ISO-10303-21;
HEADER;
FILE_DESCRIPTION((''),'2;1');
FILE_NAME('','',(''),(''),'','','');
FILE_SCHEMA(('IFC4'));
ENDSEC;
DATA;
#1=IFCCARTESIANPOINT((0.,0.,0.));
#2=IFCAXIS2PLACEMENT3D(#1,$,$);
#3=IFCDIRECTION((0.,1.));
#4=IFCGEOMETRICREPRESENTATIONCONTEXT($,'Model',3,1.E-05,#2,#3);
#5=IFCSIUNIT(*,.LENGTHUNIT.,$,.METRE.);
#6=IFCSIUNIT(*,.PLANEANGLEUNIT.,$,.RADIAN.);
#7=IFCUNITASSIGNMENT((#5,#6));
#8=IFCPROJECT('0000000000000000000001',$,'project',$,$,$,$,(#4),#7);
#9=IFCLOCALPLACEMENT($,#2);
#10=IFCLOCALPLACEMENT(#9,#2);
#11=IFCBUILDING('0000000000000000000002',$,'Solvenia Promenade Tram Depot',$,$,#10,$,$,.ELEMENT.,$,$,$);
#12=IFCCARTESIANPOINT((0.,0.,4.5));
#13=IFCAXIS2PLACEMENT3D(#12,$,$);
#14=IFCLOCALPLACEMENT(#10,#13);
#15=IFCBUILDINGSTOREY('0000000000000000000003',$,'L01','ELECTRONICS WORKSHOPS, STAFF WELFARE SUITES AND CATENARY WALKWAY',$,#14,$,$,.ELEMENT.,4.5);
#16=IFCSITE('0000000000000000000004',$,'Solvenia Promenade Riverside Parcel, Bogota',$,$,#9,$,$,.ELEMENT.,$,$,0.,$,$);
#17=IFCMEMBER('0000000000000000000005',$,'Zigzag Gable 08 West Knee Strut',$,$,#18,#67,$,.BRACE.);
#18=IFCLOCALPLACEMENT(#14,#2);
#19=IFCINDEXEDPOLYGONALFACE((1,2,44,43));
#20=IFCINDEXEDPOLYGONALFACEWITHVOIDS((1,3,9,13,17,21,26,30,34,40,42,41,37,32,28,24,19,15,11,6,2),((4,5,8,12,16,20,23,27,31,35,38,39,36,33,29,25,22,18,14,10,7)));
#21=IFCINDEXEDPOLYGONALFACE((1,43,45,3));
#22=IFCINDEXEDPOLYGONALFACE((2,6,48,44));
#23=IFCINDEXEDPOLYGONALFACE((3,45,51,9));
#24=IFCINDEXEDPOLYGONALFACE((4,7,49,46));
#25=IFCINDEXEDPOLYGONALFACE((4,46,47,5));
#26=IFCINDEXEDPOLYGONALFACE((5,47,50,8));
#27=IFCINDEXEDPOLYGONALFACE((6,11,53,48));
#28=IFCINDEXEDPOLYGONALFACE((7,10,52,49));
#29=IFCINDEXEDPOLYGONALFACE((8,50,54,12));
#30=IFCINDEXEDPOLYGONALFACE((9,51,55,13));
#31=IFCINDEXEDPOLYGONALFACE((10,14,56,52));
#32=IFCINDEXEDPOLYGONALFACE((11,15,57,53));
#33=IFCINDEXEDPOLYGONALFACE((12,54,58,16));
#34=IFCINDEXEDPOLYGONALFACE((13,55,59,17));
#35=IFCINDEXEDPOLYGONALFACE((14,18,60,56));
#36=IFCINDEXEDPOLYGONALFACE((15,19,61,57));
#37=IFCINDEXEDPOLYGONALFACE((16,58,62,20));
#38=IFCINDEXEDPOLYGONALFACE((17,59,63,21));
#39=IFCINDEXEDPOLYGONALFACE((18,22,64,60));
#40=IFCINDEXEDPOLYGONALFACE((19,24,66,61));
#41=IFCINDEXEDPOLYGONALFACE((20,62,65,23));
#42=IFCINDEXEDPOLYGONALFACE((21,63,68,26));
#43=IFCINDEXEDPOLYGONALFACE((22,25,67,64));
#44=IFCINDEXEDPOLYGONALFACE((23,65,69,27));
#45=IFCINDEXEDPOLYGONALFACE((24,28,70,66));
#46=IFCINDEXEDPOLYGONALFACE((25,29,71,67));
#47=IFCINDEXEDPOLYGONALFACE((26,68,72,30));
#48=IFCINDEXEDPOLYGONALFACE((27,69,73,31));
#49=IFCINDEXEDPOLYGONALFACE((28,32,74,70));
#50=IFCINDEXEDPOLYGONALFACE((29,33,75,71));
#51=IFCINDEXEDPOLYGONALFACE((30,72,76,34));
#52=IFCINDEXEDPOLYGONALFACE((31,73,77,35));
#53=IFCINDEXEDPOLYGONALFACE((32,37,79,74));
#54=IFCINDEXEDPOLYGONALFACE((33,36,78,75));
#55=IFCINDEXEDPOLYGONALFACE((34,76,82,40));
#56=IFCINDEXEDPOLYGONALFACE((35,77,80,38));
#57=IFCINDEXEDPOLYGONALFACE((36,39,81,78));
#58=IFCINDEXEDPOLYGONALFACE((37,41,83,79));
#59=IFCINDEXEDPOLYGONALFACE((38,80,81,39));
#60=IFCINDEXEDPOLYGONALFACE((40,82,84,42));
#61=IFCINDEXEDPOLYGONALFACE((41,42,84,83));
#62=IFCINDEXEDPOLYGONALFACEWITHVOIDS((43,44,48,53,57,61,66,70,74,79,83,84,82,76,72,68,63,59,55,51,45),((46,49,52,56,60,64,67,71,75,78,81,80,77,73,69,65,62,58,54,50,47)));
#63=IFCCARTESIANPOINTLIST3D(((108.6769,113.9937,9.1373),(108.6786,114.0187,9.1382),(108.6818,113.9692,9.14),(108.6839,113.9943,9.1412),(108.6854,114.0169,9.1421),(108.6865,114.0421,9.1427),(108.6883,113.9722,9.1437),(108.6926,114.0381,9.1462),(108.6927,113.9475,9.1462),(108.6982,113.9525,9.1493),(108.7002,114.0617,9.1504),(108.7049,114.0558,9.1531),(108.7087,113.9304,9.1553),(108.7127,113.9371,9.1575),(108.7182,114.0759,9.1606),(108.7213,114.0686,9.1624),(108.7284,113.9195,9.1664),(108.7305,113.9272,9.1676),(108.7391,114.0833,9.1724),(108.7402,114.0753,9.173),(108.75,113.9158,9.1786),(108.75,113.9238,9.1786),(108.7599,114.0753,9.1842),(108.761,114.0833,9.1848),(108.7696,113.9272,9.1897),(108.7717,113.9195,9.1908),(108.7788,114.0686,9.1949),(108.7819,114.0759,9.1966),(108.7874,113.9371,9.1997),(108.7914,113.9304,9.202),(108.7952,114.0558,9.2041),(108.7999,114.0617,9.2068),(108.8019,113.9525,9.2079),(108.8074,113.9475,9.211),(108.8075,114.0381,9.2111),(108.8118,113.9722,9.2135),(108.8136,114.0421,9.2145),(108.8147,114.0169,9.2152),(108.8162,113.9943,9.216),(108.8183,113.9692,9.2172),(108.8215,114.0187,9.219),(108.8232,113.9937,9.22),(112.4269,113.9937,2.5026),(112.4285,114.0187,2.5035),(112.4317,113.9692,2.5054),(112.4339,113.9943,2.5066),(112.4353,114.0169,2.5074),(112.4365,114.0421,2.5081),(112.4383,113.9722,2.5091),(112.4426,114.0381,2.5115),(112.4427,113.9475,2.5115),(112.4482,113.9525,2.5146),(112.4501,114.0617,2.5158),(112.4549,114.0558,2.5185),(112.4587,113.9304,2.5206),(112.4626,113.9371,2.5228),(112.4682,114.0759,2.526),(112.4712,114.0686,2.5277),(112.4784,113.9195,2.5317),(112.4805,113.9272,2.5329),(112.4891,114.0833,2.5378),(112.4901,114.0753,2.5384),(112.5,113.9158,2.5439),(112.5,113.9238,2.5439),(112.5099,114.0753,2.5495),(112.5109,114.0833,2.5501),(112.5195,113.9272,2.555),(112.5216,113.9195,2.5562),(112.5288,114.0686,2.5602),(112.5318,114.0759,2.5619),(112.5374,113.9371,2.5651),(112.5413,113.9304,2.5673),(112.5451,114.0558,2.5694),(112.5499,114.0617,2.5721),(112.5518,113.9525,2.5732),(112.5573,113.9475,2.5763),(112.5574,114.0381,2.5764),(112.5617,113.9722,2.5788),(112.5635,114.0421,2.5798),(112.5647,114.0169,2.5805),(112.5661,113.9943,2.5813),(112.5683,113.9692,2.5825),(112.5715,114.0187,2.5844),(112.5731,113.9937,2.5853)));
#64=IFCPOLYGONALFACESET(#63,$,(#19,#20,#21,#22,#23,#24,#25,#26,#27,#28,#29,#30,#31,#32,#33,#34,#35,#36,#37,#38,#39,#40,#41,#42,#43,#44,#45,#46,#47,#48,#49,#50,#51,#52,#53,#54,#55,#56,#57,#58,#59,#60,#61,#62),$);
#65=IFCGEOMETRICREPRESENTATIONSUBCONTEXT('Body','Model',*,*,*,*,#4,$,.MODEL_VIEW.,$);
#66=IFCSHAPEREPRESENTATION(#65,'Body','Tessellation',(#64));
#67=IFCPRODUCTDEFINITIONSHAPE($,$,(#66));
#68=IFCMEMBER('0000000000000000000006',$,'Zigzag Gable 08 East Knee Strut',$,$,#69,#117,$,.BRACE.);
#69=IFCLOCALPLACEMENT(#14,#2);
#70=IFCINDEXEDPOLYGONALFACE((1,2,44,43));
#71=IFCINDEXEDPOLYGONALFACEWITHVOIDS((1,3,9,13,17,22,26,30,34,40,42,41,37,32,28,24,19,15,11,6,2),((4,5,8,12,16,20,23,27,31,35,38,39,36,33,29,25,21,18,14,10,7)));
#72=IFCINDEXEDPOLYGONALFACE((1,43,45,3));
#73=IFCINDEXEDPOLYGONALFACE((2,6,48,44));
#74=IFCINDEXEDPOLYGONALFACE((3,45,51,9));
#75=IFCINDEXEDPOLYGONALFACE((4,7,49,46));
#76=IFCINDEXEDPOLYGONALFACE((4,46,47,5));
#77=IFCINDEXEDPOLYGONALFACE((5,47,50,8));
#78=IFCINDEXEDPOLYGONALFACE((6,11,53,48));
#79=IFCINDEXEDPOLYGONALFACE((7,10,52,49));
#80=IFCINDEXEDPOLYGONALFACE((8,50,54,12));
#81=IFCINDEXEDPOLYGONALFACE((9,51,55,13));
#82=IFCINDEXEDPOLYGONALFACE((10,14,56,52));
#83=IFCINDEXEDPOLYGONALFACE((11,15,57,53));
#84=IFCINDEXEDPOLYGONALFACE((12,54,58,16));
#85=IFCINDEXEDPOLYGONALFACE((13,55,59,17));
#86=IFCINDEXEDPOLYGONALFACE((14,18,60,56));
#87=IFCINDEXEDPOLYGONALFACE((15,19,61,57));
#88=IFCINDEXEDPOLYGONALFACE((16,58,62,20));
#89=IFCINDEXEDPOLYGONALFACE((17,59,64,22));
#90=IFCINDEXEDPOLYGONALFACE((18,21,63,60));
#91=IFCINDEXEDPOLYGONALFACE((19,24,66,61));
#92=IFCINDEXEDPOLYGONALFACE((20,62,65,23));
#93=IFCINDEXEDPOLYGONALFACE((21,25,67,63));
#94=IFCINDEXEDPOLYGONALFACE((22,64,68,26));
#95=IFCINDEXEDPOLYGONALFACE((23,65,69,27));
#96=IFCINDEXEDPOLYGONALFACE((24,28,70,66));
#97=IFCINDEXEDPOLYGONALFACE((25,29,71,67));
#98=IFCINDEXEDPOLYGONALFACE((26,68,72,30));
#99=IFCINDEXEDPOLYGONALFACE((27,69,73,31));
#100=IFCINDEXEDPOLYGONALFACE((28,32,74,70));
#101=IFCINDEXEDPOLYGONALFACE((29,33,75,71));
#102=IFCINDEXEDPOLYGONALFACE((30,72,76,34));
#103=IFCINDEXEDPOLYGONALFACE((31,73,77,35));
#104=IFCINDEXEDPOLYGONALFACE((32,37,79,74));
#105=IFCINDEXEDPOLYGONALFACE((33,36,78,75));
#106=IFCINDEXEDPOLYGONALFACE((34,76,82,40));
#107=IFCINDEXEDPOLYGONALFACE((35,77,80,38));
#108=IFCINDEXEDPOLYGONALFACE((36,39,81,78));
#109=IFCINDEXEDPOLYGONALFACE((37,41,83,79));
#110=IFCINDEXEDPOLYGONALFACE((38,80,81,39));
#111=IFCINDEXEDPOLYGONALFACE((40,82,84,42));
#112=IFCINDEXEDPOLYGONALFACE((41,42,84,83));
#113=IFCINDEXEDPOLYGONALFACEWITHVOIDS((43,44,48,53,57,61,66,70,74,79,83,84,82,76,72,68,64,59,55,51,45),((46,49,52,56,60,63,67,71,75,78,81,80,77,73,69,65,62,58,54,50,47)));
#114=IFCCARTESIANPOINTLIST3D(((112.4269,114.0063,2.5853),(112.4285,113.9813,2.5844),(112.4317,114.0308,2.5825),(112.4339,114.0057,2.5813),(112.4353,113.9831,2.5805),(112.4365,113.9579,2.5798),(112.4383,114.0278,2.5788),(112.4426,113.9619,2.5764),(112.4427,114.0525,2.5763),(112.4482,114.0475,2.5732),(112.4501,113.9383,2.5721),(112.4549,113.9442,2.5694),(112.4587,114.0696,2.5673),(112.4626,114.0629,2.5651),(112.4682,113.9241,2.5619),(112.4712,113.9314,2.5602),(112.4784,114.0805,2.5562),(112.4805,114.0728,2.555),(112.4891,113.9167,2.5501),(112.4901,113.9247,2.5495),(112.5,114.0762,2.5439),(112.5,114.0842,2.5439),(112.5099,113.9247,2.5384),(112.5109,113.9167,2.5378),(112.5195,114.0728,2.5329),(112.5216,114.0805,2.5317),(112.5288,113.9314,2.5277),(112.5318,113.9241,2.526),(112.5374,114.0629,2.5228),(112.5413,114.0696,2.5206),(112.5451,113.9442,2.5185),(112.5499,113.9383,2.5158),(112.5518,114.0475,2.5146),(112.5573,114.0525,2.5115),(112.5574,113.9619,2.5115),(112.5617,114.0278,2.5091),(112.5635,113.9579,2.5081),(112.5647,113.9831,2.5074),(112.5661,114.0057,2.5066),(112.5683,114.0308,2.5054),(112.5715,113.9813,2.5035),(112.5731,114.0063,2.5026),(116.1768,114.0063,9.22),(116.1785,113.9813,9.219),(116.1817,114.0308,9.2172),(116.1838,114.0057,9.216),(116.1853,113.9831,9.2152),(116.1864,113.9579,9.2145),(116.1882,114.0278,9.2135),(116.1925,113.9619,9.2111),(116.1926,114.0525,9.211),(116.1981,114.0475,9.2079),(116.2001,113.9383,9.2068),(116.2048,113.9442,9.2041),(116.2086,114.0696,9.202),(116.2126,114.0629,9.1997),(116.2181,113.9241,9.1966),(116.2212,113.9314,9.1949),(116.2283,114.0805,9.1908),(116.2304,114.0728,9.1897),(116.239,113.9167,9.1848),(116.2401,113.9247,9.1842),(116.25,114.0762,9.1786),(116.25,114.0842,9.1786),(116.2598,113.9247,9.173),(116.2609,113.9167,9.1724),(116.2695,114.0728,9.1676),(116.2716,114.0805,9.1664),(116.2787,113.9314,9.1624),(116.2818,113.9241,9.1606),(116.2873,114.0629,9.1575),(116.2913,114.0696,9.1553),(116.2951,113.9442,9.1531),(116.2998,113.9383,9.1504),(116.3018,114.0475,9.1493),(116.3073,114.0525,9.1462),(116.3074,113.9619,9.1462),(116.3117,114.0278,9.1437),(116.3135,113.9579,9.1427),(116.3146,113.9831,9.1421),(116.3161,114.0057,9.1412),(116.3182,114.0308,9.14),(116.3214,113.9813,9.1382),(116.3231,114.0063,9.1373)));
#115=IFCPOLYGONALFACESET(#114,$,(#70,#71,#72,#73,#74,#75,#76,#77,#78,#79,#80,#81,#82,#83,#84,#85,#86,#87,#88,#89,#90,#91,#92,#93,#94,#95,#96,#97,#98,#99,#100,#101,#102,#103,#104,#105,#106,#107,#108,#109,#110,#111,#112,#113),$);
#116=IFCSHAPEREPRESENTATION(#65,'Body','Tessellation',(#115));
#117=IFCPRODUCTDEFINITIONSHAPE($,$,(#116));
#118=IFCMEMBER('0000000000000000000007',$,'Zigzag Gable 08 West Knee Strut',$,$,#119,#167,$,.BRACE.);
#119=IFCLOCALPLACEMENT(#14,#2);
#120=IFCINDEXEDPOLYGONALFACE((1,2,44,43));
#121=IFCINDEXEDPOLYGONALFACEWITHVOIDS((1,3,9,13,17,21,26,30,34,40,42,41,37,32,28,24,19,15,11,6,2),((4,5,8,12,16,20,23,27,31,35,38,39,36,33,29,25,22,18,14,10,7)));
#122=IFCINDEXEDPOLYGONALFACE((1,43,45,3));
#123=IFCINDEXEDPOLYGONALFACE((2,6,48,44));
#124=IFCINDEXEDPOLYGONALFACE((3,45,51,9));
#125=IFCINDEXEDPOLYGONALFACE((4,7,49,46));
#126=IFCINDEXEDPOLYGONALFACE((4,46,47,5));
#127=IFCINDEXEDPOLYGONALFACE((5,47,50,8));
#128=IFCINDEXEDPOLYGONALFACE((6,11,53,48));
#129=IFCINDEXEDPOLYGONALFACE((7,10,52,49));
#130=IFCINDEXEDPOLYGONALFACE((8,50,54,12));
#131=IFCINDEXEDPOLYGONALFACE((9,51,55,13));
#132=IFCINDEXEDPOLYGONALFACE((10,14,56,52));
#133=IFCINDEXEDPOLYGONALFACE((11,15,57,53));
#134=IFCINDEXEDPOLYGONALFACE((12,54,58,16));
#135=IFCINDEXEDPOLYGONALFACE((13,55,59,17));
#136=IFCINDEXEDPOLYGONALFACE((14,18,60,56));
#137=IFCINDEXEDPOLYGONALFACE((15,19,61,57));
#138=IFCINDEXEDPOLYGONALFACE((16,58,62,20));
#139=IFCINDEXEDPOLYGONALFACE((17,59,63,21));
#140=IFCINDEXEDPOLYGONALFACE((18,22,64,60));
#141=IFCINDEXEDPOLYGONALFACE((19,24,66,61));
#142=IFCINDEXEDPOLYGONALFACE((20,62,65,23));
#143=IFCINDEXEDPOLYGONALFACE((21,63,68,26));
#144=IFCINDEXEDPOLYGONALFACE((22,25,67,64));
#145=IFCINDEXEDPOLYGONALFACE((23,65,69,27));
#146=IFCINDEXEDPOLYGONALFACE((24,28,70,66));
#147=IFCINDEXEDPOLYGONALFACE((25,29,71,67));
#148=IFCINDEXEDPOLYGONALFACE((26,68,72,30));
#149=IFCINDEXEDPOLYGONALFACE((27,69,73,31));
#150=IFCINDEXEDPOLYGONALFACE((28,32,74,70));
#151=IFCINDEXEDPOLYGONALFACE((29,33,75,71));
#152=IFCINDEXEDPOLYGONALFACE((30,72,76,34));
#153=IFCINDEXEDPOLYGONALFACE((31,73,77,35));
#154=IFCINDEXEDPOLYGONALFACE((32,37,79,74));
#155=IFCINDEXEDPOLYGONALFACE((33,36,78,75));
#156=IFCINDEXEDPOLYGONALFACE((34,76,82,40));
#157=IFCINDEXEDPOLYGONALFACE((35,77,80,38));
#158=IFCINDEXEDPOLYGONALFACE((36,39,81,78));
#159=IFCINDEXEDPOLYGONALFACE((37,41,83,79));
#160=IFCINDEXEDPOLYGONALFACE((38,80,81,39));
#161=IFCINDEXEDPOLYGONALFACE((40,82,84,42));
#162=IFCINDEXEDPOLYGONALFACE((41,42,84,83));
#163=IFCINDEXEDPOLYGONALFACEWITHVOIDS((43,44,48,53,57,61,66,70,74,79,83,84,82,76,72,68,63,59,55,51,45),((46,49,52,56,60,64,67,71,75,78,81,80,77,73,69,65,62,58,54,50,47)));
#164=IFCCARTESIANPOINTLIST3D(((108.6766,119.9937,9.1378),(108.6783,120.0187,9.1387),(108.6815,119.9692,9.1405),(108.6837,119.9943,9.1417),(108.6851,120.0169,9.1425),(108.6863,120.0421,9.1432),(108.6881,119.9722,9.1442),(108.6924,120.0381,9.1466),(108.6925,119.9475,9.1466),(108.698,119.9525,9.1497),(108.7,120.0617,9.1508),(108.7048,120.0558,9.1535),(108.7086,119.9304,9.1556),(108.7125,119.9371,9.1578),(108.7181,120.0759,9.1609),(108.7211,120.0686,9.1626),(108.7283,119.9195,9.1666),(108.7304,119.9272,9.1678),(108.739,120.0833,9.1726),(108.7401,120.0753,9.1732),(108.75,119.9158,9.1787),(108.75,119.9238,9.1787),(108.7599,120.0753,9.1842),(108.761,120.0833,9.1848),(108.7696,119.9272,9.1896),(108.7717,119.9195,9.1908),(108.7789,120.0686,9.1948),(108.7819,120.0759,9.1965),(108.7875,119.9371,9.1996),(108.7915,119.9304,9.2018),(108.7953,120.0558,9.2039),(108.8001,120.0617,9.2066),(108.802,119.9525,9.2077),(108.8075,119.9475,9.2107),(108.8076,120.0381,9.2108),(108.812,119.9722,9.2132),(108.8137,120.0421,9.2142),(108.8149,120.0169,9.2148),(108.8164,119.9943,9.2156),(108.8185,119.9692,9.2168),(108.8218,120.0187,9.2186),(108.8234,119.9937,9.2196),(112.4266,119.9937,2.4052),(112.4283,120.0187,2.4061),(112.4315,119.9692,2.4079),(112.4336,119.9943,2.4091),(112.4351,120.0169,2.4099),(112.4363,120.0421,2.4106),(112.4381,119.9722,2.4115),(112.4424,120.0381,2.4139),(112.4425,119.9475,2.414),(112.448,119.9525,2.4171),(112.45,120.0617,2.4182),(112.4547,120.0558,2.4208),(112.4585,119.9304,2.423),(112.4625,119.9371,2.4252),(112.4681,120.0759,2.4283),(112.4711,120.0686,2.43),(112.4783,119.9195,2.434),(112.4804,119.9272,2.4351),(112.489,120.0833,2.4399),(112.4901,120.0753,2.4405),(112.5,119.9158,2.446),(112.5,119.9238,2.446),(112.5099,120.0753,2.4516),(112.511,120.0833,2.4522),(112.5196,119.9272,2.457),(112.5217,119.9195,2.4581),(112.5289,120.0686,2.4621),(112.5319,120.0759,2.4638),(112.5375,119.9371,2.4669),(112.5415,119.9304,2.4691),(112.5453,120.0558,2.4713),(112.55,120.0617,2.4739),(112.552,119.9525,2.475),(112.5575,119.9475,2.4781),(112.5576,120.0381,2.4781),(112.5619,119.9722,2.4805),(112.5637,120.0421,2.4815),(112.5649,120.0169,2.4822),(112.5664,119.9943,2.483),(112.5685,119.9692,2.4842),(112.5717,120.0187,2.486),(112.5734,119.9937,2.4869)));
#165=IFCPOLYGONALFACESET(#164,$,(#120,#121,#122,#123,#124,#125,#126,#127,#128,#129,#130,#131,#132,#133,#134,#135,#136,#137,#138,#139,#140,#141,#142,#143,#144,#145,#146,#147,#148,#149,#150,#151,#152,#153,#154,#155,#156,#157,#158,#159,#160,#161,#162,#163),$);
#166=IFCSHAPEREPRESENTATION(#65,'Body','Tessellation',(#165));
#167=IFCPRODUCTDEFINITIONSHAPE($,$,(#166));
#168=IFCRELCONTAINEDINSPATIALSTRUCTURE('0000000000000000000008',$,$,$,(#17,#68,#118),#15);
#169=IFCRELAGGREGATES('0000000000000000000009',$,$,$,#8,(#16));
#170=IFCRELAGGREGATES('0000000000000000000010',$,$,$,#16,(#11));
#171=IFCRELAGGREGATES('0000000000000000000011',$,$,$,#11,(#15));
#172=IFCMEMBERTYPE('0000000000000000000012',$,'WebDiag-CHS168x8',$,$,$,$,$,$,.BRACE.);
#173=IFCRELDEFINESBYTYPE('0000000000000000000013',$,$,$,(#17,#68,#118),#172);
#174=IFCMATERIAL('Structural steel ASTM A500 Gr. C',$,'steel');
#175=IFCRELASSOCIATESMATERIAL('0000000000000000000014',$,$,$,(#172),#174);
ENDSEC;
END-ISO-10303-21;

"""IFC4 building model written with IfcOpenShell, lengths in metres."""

from ifc_helpers import new_model, si_unit, direction, frame, origin, origin_2d, place, context, subcontext, project, spatial, hollow_circle, extrude, material, material_profile, profile_set, type_object, element, save


model = new_model("IFC4")

# Units and contexts
model_context = context("Model", 3, precision=1e-05, world=origin(), true_north=direction((0.0, 1.0)))
body_context = subcontext(model_context, "Body", "Model", "MODEL_VIEW")
ifc_project = project(units=[si_unit("LENGTHUNIT", "METRE"), si_unit("PLANEANGLEUNIT", "RADIAN")], contexts=[model_context])

# Site, building, storey
site_placement = place(None, origin())
site = spatial("IfcSite", under=ifc_project, at=site_placement, Name="Solvenia Promenade Riverside Parcel, Bogota", CompositionType="ELEMENT", RefElevation=0.0)
building_placement = place(site_placement, origin())
building = spatial("IfcBuilding", under=site, at=building_placement, Name="Solvenia Promenade Tram Depot", CompositionType="ELEMENT")
storey_placement = place(building_placement, frame((0.0, 0.0, 4.5)))
storey = spatial("IfcBuildingStorey", under=building, at=storey_placement, Name="L01", Description="ELECTRONICS WORKSHOPS, STAFF WELFARE SUITES AND CATENARY WALKWAY", CompositionType="ELEMENT", Elevation=4.5)

# Shared definitions
ifc_material_1 = material(Name="Structural steel ASTM A500 Gr. C", Category="steel")

# Members
ifc_material_profile_1 = material_profile(ifc_material_1, hollow_circle(Radius=0.0842, WallThickness=0.0081, at=origin_2d()), Name="CHS168.3x8", Category="steel")
ifc_profile_set_1 = profile_set([ifc_material_profile_1], Name="Structural steel ASTM A500 Gr. C")
member_type_1 = type_object("IfcMemberType", Name="WebDiag-CHS168x8", PredefinedType="BRACE", material=ifc_profile_set_1)
for number, where, z_axis, x_axis, name in (
    (1, (112.5, 114.0, 2.5439), (-0.492049, 0.0, 0.870568), (0.0, -1.0, 0.0), "Zigzag Gable 08 West Knee Strut"),
    (2, (112.5, 114.0, 2.5439), (0.492049, 0.0, 0.870568), (0.0, 1.0, 0.0), "Zigzag Gable 08 East Knee Strut"),
):
    element("IfcMember", number, at=place(storey_placement, frame(where, z_axis=z_axis, x_axis=x_axis)), inside=storey, type_object=member_type_1, Name=name, PredefinedType="BRACE", context=body_context, shape_type="SweptSolid", body=[
        extrude(hollow_circle(Radius=0.0842, WallThickness=0.0081, at=origin_2d()), origin(), (0.0, 0.0, 1.0), 7.6211),
    ])
for number, where, z_axis, x_axis, name in (
    (3, (112.5, 120.0, 2.446), (-0.486598, 0.0, 0.873626), (0.0, -1.0, 0.0), "Zigzag Gable 08 West Knee Strut"),
):
    element("IfcMember", number, at=place(storey_placement, frame(where, z_axis=z_axis, x_axis=x_axis)), inside=storey, type_object=member_type_1, Name=name, PredefinedType="BRACE", context=body_context, shape_type="SweptSolid", body=[
        extrude(hollow_circle(Radius=0.0842, WallThickness=0.0081, at=origin_2d()), origin(), (0.0, 0.0, 1.0), 7.7065),
    ])

save(model, "model.ifc")
